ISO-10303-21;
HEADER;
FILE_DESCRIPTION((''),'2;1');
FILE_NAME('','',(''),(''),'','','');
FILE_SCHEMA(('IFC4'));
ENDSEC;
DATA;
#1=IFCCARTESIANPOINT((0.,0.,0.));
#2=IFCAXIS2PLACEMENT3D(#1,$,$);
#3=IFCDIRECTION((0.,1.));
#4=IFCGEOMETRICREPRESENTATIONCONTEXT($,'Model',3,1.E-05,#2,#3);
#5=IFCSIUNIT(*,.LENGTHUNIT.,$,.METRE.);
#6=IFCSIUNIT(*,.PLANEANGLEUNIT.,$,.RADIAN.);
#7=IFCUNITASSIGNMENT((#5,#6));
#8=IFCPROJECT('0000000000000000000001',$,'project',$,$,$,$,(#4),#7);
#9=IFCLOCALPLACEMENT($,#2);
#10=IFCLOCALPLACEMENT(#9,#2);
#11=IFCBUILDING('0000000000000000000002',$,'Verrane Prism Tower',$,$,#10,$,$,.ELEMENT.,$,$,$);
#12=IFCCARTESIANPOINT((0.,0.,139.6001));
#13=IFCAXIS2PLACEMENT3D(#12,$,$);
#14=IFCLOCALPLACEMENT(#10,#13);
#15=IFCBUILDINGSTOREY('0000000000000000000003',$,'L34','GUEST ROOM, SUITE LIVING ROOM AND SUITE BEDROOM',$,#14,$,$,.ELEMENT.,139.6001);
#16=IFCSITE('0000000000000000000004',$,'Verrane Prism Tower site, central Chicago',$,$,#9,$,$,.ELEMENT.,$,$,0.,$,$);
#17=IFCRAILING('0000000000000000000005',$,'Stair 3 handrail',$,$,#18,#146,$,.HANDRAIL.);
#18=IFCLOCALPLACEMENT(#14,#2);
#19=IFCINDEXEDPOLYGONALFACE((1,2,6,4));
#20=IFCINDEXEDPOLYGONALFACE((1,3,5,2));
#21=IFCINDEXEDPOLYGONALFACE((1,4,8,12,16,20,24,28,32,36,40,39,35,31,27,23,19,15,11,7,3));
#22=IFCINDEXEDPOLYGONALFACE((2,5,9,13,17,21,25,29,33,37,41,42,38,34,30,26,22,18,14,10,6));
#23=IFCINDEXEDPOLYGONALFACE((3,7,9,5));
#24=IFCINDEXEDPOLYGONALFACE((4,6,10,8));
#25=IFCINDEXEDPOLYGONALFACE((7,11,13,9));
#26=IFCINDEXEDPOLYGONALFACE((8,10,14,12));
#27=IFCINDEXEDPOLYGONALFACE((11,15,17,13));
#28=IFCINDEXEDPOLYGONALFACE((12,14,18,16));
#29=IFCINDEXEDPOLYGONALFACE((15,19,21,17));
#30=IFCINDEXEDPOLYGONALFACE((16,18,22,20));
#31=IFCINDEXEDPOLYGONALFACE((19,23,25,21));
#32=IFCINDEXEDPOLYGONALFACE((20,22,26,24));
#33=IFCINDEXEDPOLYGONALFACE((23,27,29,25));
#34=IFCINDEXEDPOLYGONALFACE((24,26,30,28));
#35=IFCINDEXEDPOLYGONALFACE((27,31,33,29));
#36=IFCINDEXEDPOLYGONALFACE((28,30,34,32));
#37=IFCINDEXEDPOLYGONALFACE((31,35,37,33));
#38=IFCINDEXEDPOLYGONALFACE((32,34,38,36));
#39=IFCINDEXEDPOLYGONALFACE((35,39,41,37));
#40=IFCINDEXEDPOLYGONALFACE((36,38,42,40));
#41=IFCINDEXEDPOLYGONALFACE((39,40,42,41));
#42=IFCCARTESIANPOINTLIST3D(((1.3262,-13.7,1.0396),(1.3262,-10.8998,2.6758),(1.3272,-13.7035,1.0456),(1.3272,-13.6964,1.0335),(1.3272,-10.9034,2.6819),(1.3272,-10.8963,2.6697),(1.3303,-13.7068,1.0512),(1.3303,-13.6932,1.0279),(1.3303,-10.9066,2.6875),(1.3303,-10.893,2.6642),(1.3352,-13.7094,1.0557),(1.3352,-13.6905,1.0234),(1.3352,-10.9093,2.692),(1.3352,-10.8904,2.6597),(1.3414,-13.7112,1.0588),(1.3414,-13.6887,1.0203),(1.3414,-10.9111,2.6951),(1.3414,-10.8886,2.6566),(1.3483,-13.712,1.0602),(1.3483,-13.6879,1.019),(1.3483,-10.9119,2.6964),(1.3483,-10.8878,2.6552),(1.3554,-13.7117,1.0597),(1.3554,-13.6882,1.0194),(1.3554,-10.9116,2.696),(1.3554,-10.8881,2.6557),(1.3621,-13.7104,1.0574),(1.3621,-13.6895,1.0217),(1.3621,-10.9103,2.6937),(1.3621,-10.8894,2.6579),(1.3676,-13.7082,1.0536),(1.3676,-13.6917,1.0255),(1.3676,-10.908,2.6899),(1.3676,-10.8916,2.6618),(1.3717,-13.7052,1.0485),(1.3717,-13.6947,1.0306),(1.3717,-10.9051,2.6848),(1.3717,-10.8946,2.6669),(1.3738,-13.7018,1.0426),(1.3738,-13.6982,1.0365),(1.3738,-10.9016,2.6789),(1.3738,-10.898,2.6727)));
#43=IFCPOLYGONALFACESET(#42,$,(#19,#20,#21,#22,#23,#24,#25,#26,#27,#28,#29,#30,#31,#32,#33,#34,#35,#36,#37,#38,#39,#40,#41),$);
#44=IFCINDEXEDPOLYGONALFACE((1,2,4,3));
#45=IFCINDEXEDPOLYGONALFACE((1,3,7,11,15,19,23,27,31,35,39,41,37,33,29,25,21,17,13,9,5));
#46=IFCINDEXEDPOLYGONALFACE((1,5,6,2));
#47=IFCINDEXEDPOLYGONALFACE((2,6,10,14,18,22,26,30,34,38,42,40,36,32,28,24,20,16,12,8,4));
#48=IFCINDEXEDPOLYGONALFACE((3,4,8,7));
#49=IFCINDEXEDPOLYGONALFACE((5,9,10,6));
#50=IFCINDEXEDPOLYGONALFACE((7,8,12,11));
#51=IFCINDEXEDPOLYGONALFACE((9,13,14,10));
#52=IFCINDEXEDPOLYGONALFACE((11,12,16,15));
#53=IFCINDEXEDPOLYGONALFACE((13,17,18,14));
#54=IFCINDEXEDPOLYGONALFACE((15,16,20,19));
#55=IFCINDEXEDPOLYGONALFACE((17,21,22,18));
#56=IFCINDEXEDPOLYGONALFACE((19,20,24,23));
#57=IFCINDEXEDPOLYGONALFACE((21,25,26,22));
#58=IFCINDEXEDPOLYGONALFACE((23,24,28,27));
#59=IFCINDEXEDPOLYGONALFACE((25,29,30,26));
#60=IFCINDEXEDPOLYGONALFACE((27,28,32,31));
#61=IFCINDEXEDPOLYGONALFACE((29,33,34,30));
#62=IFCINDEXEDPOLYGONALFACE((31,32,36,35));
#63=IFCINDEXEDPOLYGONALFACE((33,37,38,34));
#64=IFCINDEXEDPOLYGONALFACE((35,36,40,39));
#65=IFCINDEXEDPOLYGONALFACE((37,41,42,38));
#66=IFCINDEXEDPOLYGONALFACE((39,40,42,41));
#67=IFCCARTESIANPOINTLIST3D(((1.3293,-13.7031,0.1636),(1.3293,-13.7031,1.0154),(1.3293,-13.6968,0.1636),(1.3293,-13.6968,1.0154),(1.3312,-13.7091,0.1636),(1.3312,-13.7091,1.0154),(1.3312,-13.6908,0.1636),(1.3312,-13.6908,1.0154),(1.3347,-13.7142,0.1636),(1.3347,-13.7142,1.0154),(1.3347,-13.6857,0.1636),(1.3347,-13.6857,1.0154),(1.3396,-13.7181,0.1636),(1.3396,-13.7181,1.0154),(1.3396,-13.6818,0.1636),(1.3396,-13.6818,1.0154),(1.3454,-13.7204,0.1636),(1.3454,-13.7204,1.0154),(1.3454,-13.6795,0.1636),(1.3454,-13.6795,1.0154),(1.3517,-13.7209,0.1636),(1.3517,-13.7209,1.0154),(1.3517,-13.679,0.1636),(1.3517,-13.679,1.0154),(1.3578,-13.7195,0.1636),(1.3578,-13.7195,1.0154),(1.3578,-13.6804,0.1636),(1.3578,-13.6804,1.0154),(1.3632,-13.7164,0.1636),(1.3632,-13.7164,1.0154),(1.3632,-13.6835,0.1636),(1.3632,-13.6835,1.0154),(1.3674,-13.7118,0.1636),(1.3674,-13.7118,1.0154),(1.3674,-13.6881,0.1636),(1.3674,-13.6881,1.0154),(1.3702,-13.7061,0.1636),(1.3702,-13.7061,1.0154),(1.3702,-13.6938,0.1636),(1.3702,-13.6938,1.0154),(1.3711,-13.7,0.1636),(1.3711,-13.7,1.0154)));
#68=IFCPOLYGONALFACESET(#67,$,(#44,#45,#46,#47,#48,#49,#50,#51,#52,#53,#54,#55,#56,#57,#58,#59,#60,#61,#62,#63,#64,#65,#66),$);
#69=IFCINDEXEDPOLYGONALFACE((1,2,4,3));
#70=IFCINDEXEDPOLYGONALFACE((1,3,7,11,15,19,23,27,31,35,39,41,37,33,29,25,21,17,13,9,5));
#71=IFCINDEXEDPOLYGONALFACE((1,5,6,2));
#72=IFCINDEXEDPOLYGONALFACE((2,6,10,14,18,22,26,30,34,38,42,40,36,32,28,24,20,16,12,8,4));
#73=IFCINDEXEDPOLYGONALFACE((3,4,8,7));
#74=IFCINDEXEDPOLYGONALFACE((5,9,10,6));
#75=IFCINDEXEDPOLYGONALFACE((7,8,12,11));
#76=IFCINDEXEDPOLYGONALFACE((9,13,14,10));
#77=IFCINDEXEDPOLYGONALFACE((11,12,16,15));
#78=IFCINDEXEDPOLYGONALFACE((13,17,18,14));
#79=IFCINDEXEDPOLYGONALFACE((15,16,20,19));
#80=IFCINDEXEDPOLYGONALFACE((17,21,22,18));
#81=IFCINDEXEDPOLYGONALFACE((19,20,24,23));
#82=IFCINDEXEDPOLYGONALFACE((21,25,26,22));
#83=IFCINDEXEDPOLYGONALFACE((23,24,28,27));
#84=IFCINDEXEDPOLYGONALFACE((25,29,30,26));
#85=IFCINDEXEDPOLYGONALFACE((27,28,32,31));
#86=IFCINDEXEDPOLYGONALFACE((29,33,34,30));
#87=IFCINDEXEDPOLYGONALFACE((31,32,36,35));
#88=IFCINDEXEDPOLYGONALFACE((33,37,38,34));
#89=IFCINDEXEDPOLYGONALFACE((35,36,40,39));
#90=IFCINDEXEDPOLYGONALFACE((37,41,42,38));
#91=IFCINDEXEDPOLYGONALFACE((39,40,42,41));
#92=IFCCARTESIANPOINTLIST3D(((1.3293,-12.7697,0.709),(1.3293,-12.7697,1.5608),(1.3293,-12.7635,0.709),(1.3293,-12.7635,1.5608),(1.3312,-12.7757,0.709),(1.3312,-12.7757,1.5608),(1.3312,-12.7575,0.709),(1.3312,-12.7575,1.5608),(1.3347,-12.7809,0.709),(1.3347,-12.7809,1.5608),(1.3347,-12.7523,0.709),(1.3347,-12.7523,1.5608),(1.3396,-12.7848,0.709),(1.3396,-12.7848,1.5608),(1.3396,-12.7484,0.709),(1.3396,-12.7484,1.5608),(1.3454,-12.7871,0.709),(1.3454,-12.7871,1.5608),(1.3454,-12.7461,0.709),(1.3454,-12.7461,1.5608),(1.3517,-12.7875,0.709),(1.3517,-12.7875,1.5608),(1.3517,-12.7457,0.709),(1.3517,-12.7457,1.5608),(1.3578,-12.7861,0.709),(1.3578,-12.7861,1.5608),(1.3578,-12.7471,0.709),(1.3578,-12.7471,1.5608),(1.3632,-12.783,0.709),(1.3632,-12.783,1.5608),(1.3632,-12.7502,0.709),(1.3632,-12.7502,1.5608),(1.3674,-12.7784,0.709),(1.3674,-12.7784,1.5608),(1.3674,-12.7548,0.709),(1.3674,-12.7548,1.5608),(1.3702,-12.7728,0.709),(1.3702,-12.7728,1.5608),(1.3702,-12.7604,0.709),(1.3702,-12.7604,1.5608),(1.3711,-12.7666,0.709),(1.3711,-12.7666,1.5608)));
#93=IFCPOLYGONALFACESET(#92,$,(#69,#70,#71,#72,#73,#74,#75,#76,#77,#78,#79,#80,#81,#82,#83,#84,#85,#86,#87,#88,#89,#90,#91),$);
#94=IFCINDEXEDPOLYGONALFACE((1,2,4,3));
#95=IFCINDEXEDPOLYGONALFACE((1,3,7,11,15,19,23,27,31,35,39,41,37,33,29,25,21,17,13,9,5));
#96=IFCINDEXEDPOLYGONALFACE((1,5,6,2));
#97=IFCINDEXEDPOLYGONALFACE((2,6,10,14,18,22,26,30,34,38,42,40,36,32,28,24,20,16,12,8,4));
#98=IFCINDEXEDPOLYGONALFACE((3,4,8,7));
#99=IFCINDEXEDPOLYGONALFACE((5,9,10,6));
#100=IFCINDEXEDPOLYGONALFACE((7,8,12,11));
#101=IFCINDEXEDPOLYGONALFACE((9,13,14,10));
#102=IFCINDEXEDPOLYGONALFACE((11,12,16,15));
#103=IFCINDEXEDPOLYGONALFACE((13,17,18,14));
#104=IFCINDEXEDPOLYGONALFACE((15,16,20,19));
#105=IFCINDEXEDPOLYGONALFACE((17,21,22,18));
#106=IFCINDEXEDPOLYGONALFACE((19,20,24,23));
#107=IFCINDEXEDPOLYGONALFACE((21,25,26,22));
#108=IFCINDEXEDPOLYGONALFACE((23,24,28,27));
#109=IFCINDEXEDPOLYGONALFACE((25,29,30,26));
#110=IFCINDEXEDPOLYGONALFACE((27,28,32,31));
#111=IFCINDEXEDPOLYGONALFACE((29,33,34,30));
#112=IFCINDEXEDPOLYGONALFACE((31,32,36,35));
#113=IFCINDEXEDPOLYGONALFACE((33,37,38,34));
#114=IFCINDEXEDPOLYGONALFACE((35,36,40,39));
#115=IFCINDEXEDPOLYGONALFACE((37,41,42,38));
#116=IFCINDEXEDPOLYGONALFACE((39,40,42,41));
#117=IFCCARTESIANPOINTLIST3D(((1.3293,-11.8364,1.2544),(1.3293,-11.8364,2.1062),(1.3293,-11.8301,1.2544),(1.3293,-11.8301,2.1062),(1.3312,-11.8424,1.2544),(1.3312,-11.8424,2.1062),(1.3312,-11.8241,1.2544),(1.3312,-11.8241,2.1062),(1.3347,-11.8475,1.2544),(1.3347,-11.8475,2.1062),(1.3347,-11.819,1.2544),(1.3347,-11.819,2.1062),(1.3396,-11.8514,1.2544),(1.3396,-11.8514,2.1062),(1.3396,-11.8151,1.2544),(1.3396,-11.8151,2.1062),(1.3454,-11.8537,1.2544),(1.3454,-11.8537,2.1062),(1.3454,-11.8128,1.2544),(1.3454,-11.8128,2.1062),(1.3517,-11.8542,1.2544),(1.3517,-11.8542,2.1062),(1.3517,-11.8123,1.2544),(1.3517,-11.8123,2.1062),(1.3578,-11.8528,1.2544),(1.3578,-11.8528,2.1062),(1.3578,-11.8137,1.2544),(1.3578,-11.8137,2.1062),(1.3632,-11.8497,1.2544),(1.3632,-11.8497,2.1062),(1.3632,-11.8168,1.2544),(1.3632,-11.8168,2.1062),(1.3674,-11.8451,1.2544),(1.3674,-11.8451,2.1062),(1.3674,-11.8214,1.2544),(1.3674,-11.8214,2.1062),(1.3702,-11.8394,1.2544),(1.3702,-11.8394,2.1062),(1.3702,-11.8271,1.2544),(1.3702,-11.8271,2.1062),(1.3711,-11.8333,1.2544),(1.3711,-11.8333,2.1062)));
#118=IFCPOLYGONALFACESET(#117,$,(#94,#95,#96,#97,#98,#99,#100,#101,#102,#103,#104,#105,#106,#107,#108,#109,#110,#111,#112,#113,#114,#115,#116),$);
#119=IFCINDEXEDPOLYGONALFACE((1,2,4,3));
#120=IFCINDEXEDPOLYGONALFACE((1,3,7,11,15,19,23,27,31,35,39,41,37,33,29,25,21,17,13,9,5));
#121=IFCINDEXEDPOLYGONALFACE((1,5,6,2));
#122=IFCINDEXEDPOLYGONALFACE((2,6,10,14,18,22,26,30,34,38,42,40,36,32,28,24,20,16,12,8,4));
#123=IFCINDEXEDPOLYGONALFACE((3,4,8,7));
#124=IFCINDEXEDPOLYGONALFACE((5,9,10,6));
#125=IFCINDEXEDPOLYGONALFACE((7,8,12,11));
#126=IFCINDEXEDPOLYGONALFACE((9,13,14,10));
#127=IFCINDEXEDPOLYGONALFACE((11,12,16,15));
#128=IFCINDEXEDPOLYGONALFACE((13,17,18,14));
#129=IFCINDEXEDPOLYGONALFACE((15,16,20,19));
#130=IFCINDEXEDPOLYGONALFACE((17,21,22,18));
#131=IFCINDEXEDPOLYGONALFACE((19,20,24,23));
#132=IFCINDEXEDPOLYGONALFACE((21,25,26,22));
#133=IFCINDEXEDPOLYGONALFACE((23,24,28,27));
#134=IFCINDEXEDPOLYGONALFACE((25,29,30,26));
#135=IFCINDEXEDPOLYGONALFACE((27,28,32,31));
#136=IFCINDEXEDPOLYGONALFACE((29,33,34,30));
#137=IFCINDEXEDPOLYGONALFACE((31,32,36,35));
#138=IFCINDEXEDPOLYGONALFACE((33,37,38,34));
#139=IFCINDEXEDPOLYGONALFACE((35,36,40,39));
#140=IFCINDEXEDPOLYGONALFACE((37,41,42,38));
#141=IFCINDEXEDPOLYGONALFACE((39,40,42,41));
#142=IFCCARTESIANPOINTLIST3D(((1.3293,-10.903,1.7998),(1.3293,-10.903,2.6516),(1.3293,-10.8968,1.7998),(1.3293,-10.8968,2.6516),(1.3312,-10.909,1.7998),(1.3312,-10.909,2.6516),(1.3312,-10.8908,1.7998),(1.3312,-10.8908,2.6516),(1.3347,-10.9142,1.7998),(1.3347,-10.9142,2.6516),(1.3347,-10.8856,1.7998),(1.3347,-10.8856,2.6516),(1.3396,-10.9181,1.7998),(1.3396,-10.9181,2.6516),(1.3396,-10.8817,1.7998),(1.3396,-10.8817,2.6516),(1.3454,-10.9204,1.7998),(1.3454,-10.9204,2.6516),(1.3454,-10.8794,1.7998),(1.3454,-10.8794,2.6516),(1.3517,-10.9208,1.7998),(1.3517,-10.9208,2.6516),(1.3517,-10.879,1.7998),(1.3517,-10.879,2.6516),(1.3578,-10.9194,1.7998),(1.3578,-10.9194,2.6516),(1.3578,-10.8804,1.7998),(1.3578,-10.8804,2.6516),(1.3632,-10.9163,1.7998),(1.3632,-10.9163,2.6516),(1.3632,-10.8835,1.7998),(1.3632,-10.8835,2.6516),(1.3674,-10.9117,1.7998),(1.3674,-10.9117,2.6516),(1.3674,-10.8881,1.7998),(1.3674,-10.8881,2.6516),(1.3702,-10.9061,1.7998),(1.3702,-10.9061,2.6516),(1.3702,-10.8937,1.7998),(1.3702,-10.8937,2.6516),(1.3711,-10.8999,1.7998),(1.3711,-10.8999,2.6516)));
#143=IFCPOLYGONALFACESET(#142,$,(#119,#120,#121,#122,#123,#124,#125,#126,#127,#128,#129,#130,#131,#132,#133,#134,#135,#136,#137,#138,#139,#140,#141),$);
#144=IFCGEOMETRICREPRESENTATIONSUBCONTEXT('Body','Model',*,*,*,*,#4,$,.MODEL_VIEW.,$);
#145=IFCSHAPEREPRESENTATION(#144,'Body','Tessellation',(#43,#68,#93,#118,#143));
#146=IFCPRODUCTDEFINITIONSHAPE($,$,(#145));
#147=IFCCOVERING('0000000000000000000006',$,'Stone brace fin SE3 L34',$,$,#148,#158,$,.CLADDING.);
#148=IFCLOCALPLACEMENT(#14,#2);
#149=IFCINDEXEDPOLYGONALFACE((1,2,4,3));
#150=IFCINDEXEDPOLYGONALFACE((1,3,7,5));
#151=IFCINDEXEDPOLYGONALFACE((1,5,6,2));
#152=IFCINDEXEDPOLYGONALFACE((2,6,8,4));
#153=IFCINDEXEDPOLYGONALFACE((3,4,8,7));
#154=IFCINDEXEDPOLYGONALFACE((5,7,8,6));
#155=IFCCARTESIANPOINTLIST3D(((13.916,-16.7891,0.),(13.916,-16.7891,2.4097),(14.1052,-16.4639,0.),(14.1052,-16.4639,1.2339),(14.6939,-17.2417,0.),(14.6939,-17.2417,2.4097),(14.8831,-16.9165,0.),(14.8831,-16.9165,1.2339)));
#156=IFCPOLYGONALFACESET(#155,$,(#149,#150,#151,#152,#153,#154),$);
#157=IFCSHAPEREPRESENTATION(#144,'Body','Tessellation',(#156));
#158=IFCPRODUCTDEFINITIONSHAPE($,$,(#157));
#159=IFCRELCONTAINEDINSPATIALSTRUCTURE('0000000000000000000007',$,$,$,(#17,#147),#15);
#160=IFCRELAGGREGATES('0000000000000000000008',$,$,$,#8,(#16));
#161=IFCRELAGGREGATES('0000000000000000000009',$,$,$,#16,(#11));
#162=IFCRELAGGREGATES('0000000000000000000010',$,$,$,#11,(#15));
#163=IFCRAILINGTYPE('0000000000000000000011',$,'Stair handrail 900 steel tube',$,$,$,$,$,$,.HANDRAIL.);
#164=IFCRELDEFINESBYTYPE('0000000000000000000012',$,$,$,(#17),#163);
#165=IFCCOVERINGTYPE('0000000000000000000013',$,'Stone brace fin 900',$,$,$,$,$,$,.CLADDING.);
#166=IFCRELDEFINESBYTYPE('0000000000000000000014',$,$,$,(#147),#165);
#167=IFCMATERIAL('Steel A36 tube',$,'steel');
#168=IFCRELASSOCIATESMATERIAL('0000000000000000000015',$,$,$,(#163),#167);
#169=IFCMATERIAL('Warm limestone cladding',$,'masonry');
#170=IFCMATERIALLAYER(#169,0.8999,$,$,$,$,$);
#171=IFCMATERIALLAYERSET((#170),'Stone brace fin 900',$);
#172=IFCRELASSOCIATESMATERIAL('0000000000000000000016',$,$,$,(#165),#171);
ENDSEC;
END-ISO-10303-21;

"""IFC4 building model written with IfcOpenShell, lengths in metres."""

from ifc_helpers import new_model, si_unit, direction, frame, origin, origin_2d, place, context, subcontext, project, spatial, polyline, circle, outline, extrude, material, layer, layer_set, type_object, element, save


model = new_model("IFC4")

# Units and contexts
model_context = context("Model", 3, precision=1e-05, world=origin(), true_north=direction((0.0, 1.0)))
body_context = subcontext(model_context, "Body", "Model", "MODEL_VIEW")
ifc_project = project(units=[si_unit("LENGTHUNIT", "METRE"), si_unit("PLANEANGLEUNIT", "RADIAN")], contexts=[model_context])

# Site, building, storey
site_placement = place(None, origin())
site = spatial("IfcSite", under=ifc_project, at=site_placement, Name="Verrane Prism Tower site, central Chicago", CompositionType="ELEMENT", RefElevation=0.0)
building_placement = place(site_placement, origin())
building = spatial("IfcBuilding", under=site, at=building_placement, Name="Verrane Prism Tower", CompositionType="ELEMENT")
storey_placement = place(building_placement, frame((0.0, 0.0, 139.6001)))
storey = spatial("IfcBuildingStorey", under=building, at=storey_placement, Name="L34", Description="GUEST ROOM, SUITE LIVING ROOM AND SUITE BEDROOM", CompositionType="ELEMENT", Elevation=139.6001)

# Railing
ifc_material_1 = material(Name="Steel A36 tube", Category="steel")
railing_type_1 = type_object("IfcRailingType", Name="Stair handrail 900 steel tube", PredefinedType="HANDRAIL", material=ifc_material_1)
railing_1_placement = place(storey_placement, frame((1.3501, -13.7, 0.1636)))
element("IfcRailing", 1, at=railing_1_placement, inside=storey, type_object=railing_type_1, Name="Stair 3 handrail", PredefinedType="HANDRAIL", context=body_context, shape_type="SweptSolid", body=[
    extrude(circle(Radius=0.0239, at=origin_2d()), frame((0.0, 0.0, 0.876), z_axis=(0.0, 0.863394, 0.504531), x_axis=(-1.0, 0.0, 0.0)), (0.0, 0.0, 1.0), 3.2432),
    extrude(circle(Radius=0.021, at=origin_2d()), origin(), (0.0, 0.0, 1.0), 0.8518),
    extrude(circle(Radius=0.021, at=origin_2d()), frame((0.0, 0.9333, 0.5454)), (0.0, 0.0, 1.0), 0.8518),
    extrude(circle(Radius=0.021, at=origin_2d()), frame((0.0, 1.8667, 1.0908)), (0.0, 0.0, 1.0), 0.8518),
    extrude(circle(Radius=0.021, at=origin_2d()), frame((0.0, 2.8, 1.6362)), (0.0, 0.0, 1.0), 0.8518),
])

# Covering
ifc_material_2 = material(Name="Warm limestone cladding", Category="masonry")
ifc_layer_1 = layer(ifc_material_2, 0.8999)
ifc_layer_set_1 = layer_set([ifc_layer_1], Name="Stone brace fin 900")
covering_type = type_object("IfcCoveringType", Name="Stone brace fin 900", PredefinedType="CLADDING", material=ifc_layer_set_1)
covering_placement = place(storey_placement, frame((14.4941, -16.6902, 0.0), z_axis=(0.0, 0.0, 1.0), x_axis=(-0.502902, -0.864343, 0.0)))
element("IfcCovering", 2, at=covering_placement, inside=storey, type_object=covering_type, Name="Stone brace fin SE3 L34", PredefinedType="CLADDING", context=body_context, shape_type="SweptSolid", body=[
    extrude(outline(polyline([(0.0, 0.0), (0.3762, 0.0), (0.3762, 2.4097), (0.0, 1.2339), (0.0, 0.0)])), frame((0.0, 0.45, 0.0), z_axis=(0.0, -1.0, 0.0), x_axis=(1.0, 0.0, 0.0)), (0.0, 0.0, 1.0), 0.8999),
])

save(model, "model.ifc")
